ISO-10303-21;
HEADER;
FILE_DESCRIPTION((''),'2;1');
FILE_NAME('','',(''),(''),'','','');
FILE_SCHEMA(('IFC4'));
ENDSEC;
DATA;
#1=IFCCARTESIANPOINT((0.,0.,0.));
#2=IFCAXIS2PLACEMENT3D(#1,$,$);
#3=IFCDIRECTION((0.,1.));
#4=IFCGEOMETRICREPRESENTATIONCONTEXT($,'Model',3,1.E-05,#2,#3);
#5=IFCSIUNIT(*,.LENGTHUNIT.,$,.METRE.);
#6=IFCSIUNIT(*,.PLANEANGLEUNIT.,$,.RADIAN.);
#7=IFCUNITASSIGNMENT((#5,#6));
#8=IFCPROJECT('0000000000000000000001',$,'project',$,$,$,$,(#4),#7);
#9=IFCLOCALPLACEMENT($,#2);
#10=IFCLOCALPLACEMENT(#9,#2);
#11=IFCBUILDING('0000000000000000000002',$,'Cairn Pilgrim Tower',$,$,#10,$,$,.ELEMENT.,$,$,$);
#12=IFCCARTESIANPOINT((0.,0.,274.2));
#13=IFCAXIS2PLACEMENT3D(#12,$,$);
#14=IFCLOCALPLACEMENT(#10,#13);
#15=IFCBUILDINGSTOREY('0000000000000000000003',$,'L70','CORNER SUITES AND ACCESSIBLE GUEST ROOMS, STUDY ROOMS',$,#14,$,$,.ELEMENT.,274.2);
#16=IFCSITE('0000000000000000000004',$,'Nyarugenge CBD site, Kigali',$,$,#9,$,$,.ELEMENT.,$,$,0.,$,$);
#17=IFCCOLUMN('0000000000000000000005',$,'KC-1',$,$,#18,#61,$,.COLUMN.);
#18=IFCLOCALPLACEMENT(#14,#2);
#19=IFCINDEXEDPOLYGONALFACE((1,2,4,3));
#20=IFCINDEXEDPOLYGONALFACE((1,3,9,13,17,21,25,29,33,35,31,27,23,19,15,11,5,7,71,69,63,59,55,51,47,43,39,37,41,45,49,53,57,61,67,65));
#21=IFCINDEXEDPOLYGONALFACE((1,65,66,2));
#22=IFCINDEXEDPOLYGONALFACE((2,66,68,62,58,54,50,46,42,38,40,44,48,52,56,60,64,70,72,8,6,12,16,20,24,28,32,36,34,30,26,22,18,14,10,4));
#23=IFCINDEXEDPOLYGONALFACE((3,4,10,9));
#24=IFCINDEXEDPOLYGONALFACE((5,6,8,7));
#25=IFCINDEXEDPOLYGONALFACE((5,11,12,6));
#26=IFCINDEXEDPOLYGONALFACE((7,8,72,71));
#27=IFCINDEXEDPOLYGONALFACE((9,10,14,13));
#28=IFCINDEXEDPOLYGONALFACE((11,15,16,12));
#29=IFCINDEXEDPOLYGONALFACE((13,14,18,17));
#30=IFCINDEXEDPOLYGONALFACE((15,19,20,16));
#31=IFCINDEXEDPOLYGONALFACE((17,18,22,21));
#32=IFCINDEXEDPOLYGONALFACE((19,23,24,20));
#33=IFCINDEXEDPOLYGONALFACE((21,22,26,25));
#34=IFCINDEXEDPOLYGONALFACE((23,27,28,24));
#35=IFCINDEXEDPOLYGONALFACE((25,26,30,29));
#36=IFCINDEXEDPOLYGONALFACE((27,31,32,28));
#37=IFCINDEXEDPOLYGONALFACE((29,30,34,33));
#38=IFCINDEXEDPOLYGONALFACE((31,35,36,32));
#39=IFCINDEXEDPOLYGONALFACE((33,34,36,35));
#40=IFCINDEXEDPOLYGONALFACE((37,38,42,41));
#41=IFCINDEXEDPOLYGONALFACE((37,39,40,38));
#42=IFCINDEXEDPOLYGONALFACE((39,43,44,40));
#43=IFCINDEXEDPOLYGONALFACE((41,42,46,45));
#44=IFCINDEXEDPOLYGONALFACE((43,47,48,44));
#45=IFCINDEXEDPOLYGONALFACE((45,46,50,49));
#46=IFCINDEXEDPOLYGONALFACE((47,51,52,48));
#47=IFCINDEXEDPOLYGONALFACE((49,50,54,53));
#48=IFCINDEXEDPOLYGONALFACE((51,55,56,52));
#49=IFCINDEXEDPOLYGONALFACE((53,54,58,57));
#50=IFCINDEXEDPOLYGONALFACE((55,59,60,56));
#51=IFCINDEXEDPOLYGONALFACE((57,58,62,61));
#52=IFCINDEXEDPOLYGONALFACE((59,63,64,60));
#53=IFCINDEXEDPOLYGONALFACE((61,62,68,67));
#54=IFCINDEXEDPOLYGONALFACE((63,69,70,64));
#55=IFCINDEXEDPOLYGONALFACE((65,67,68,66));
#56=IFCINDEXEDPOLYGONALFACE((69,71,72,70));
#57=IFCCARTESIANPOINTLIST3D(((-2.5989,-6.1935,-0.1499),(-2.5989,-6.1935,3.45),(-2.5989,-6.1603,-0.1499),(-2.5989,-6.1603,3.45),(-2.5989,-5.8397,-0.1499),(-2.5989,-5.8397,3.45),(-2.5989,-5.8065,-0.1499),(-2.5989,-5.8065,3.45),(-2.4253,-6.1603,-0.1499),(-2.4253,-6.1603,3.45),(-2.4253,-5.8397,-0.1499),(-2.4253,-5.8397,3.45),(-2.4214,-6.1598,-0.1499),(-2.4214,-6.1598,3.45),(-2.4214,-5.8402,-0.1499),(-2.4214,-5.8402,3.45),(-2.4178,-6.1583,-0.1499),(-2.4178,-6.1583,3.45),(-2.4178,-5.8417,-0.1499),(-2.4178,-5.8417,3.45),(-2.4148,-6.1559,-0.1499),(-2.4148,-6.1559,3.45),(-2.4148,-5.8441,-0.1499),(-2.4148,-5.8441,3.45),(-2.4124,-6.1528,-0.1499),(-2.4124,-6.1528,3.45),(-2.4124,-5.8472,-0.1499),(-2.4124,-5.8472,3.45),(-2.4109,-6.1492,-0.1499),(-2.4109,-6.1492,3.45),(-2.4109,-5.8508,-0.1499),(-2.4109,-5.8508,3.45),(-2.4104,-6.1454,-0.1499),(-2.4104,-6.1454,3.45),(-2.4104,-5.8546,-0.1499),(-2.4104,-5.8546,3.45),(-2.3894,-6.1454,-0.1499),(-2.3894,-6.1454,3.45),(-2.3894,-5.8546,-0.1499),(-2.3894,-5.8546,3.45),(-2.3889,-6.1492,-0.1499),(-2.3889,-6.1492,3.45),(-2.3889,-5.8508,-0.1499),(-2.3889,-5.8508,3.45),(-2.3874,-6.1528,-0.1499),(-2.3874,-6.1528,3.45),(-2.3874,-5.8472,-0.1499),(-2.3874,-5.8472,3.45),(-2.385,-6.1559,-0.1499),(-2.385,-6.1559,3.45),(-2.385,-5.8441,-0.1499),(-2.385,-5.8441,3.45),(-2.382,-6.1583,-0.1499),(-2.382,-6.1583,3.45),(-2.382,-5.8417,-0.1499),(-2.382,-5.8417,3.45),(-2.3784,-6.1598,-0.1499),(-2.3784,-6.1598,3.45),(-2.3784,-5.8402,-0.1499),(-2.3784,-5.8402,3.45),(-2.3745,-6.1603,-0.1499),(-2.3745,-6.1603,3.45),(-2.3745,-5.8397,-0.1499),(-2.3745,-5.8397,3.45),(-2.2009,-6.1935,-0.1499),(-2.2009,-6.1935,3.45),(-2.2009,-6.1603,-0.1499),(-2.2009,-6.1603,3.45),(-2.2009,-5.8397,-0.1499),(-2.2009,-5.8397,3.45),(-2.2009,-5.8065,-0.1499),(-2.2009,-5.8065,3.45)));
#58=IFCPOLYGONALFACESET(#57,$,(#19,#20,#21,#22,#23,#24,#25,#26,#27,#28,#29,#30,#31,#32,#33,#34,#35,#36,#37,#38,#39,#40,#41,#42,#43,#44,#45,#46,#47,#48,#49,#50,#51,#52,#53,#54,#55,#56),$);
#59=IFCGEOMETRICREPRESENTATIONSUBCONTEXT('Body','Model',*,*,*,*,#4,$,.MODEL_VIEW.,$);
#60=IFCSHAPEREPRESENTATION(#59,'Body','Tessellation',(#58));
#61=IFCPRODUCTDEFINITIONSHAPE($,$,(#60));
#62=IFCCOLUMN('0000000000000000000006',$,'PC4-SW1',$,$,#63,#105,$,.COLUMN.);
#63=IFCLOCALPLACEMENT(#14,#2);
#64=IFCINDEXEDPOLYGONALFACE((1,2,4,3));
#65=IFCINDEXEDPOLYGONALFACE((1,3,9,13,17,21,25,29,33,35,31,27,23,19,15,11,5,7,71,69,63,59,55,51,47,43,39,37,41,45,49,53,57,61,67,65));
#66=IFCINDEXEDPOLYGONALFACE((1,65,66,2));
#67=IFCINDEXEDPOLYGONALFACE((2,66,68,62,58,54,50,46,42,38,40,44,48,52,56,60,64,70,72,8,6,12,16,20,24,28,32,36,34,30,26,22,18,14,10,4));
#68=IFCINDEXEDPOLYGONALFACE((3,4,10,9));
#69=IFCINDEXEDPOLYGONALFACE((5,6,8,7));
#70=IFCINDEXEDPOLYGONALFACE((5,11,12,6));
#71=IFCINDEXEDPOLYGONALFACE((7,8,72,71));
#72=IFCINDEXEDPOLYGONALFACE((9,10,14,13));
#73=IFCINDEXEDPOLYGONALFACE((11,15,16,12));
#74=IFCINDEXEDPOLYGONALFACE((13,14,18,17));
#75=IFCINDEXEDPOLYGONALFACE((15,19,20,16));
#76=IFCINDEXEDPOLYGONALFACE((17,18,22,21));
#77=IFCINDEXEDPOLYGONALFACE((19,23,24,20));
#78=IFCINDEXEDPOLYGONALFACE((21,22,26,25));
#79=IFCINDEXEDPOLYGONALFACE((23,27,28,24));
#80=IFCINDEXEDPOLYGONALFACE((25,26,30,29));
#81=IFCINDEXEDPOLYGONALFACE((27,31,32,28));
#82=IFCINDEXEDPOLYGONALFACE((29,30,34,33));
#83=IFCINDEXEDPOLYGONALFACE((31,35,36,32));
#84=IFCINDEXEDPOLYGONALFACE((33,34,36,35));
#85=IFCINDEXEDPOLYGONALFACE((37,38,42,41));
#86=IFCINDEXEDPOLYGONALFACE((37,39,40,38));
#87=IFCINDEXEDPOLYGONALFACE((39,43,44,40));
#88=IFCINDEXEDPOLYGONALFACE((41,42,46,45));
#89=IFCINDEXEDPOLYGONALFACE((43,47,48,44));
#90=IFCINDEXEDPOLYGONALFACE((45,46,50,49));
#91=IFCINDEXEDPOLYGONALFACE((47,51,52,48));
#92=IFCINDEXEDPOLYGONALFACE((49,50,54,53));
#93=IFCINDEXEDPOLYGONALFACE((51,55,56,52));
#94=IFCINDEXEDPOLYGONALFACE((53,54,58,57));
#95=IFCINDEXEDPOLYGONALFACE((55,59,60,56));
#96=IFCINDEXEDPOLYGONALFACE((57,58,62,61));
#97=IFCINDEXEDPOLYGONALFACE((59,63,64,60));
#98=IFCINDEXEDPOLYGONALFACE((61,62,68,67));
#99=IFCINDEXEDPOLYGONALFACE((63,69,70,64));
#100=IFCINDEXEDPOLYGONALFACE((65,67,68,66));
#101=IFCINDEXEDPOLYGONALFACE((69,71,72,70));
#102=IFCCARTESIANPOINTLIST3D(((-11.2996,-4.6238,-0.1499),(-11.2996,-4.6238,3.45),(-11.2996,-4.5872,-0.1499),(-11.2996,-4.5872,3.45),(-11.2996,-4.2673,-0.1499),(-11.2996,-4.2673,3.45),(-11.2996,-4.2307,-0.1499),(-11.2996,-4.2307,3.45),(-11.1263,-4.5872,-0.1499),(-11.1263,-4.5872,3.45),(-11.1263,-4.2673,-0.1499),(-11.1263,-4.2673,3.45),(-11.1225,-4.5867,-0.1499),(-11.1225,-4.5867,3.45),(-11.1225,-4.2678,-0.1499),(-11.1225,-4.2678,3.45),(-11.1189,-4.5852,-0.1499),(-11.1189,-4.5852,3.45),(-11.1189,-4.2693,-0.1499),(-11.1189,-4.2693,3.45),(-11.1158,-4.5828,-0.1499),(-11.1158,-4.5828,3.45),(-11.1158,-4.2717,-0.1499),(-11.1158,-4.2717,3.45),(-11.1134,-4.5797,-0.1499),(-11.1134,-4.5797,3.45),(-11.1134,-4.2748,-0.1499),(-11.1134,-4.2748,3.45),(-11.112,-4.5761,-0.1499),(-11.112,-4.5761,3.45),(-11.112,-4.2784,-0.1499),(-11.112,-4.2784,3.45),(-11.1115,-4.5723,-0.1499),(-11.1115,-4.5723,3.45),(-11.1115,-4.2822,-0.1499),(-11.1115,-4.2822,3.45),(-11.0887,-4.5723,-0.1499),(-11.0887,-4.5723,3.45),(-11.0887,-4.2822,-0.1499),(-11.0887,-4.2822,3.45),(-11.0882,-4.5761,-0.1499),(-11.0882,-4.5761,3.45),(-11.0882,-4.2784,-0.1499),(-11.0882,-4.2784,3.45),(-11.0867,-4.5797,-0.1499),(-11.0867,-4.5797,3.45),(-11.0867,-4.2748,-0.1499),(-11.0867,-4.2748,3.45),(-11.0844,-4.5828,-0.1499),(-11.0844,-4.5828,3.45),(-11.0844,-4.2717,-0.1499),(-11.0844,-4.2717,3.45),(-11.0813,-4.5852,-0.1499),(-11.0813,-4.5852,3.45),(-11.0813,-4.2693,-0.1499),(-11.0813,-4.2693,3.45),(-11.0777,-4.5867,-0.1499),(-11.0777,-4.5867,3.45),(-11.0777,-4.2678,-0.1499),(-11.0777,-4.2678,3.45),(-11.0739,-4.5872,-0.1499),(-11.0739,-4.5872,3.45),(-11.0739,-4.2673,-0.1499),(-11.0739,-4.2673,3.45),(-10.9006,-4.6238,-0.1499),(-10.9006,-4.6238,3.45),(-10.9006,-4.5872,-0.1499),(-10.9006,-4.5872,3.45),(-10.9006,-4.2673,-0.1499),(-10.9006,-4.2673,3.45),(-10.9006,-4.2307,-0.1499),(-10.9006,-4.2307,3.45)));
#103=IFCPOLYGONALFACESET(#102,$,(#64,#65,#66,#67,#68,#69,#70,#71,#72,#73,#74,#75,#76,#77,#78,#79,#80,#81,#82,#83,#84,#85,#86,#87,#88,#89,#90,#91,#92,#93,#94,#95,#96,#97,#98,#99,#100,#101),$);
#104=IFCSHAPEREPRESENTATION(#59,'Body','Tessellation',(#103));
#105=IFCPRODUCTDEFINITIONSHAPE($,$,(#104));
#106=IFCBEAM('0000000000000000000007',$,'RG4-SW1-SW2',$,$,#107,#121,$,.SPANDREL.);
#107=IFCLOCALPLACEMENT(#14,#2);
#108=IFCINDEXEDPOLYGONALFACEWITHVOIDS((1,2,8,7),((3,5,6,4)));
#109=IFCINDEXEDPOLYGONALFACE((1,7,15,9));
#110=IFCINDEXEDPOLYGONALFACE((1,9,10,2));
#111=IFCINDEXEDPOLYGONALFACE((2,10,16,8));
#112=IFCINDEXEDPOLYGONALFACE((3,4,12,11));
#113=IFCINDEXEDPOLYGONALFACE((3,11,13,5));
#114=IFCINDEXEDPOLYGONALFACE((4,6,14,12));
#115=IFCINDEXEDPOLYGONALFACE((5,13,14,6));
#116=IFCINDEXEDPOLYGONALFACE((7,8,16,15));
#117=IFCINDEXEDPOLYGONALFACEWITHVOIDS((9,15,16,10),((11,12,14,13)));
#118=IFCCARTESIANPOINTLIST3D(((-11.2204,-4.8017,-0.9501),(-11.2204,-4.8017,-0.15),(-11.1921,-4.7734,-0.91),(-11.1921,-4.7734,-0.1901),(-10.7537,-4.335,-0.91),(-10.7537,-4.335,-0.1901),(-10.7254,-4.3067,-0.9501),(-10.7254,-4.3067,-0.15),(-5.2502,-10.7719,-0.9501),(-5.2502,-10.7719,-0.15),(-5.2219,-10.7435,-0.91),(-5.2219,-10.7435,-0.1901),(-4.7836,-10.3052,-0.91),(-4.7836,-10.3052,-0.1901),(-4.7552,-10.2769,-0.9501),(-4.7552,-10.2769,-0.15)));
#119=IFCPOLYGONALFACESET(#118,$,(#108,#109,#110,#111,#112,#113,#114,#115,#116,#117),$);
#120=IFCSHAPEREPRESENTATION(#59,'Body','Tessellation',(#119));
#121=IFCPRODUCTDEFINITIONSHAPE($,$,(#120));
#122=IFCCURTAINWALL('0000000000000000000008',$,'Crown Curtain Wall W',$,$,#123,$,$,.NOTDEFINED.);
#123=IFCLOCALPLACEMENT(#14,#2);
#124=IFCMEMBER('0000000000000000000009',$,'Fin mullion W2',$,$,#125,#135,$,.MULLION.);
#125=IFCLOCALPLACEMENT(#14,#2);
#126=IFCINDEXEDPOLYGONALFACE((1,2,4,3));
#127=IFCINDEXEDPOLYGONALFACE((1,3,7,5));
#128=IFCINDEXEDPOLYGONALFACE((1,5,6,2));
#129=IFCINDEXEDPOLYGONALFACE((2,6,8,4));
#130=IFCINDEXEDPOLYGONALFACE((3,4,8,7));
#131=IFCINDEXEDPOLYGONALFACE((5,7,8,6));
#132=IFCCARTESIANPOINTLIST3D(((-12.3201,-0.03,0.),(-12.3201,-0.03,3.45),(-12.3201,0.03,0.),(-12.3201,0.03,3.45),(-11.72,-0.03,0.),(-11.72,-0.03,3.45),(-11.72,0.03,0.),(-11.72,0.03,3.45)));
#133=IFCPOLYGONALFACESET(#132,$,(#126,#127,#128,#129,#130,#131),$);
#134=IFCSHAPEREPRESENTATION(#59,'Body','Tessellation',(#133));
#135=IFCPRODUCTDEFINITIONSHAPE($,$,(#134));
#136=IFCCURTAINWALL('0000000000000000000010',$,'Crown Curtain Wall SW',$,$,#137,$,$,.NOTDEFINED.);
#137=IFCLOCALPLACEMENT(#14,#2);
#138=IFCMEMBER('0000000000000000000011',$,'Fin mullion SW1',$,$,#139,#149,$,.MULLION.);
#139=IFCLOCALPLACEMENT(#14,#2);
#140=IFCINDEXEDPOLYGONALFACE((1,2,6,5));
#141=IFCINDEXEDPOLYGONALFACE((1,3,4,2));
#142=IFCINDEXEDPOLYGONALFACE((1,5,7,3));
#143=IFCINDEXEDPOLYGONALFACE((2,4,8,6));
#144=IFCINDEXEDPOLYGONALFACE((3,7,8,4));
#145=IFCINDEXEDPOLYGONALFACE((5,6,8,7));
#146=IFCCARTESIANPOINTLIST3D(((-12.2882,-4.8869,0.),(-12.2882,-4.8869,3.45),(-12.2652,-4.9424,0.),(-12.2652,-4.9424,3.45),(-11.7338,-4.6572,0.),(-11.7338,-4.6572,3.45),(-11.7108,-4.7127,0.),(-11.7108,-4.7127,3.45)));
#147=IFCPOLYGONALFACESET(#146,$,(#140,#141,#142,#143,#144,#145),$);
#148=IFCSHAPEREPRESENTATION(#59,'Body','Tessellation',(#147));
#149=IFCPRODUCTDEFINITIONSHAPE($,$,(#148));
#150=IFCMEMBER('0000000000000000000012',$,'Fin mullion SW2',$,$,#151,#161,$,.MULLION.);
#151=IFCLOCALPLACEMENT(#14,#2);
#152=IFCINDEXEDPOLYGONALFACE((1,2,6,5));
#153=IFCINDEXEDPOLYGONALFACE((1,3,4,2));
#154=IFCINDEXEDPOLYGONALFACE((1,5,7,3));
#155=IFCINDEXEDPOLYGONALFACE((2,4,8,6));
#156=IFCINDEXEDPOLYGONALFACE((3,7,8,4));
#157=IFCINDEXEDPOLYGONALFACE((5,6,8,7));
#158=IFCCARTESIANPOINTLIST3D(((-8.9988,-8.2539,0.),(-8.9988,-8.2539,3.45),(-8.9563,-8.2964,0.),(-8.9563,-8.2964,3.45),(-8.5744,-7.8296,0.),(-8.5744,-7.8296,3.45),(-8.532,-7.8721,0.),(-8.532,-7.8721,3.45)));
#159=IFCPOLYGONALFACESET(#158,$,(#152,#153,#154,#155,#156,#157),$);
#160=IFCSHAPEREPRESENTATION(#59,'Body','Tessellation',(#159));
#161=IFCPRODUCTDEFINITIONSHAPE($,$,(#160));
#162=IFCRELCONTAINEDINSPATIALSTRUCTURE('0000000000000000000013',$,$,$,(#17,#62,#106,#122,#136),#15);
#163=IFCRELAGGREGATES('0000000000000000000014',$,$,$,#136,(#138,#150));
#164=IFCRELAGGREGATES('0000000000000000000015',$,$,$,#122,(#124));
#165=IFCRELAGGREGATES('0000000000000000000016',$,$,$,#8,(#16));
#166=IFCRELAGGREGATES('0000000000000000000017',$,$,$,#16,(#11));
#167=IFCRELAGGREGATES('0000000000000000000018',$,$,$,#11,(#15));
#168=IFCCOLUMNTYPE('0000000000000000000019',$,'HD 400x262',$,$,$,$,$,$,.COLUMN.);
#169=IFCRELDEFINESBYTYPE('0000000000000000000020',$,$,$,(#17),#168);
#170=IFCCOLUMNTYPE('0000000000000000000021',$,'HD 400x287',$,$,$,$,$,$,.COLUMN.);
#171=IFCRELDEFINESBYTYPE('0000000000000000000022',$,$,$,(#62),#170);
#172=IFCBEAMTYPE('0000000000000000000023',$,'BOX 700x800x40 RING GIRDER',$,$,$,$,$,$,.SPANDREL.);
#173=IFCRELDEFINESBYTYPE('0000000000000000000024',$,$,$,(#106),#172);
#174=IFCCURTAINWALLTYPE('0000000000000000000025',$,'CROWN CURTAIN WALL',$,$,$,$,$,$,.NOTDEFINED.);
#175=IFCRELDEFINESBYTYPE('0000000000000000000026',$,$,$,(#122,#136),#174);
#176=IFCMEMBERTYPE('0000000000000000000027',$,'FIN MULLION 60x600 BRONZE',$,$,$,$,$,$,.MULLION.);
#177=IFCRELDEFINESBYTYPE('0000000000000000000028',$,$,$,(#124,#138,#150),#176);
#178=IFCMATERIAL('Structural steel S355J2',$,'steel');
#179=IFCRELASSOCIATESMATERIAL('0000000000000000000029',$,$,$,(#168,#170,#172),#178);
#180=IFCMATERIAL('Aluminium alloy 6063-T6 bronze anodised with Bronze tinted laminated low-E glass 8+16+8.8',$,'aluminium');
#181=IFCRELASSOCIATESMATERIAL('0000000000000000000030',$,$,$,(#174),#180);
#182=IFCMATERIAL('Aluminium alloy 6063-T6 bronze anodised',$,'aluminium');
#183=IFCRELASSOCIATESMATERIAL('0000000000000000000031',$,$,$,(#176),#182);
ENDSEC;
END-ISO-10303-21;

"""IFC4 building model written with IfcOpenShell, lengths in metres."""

from ifc_helpers import new_model, si_unit, direction, frame, origin, origin_2d, place, context, subcontext, project, spatial, rectangle, hollow_rectangle, i_section, extrude, material, material_profile, profile_set, type_object, element, aggregate, save


model = new_model("IFC4")

# Units and contexts
model_context = context("Model", 3, precision=1e-05, world=origin(), true_north=direction((0.0, 1.0)))
body_context = subcontext(model_context, "Body", "Model", "MODEL_VIEW")
ifc_project = project(units=[si_unit("LENGTHUNIT", "METRE"), si_unit("PLANEANGLEUNIT", "RADIAN")], contexts=[model_context])

# Site, building, storey
site_placement = place(None, origin())
site = spatial("IfcSite", under=ifc_project, at=site_placement, Name="Nyarugenge CBD site, Kigali", CompositionType="ELEMENT", RefElevation=0.0)
building_placement = place(site_placement, origin())
building = spatial("IfcBuilding", under=site, at=building_placement, Name="Cairn Pilgrim Tower", CompositionType="ELEMENT")
storey_placement = place(building_placement, frame((0.0, 0.0, 274.2)))
storey = spatial("IfcBuildingStorey", under=building, at=storey_placement, Name="L70", Description="CORNER SUITES AND ACCESSIBLE GUEST ROOMS, STUDY ROOMS", CompositionType="ELEMENT", Elevation=274.2)

# Columns
ifc_material_1 = material(Name="Structural steel S355J2", Category="steel")
ifc_material_profile_1 = material_profile(ifc_material_1, i_section(OverallWidth=0.3979, OverallDepth=0.387, WebThickness=0.021, FlangeThickness=0.0332, FilletRadius=0.0149, at=origin_2d()), Name="HD 400x262")
ifc_profile_set_1 = profile_set([ifc_material_profile_1], Name="Structural steel S355J2")
column_type_1 = type_object("IfcColumnType", Name="HD 400x262", PredefinedType="COLUMN", material=ifc_profile_set_1)
column_1_placement = place(storey_placement, frame((-2.3999, -6.0, -0.1499), z_axis=(0.0, 0.0, 1.0), x_axis=(1.0, 0.0, 0.0)))
element("IfcColumn", 1, at=column_1_placement, inside=storey, type_object=column_type_1, Name="KC-1", PredefinedType="COLUMN", context=body_context, shape_type="SweptSolid", body=[
    extrude(i_section(OverallWidth=0.3979, OverallDepth=0.387, WebThickness=0.021, FlangeThickness=0.0332, FilletRadius=0.0149, at=origin_2d()), origin(), (0.0, 0.0, 1.0), 3.5999),
])
ifc_material_profile_2 = material_profile(ifc_material_1, i_section(OverallWidth=0.3989, OverallDepth=0.3931, WebThickness=0.0227, FlangeThickness=0.0366, FilletRadius=0.0149, at=origin_2d()), Name="HD 400x287")
ifc_profile_set_2 = profile_set([ifc_material_profile_2], Name="Structural steel S355J2")
column_type_2 = type_object("IfcColumnType", Name="HD 400x287", PredefinedType="COLUMN", material=ifc_profile_set_2)
column_2_placement = place(storey_placement, frame((-11.1001, -4.4272, -0.1499), z_axis=(0.0, 0.0, 1.0), x_axis=(1.0, 0.0, 0.0)))
element("IfcColumn", 2, at=column_2_placement, inside=storey, type_object=column_type_2, Name="PC4-SW1", PredefinedType="COLUMN", context=body_context, shape_type="SweptSolid", body=[
    extrude(i_section(OverallWidth=0.3989, OverallDepth=0.3931, WebThickness=0.0227, FlangeThickness=0.0366, FilletRadius=0.0149, at=origin_2d()), origin(), (0.0, 0.0, 1.0), 3.5999),
])

# Beam
ifc_material_profile_3 = material_profile(ifc_material_1, hollow_rectangle(XDim=0.7, YDim=0.8, WallThickness=0.04, at=origin_2d()), Name="BOX 700x800x40")
ifc_profile_set_3 = profile_set([ifc_material_profile_3], Name="Structural steel S355J2")
beam_type_1 = type_object("IfcBeamType", Name="BOX 700x800x40 RING GIRDER", PredefinedType="SPANDREL", material=ifc_profile_set_3)
beam_1_placement = place(storey_placement, frame((-10.9729, -4.5542, -0.55), z_axis=(0.707107, -0.707107, 0.0), x_axis=(0.707107, 0.707107, 0.0)))
element("IfcBeam", 3, at=beam_1_placement, inside=storey, type_object=beam_type_1, Name="RG4-SW1-SW2", PredefinedType="SPANDREL", context=body_context, shape_type="SweptSolid", body=[
    extrude(hollow_rectangle(XDim=0.7, YDim=0.8, WallThickness=0.04, at=origin_2d()), origin(), (0.0, 0.0, 1.0), 8.4431),
])

# Curtain wall, member
ifc_material_2 = material(Name="Aluminium alloy 6063-T6 bronze anodised with Bronze tinted laminated low-E glass 8+16+8.8", Category="aluminium")
curtain_wall_type = type_object("IfcCurtainWallType", Name="CROWN CURTAIN WALL", PredefinedType="NOTDEFINED", material=ifc_material_2)
curtain_wall_1_placement = place(storey_placement, origin())
curtain_wall_1 = element("IfcCurtainWall", 4, at=curtain_wall_1_placement, inside=storey, type_object=curtain_wall_type, Name="Crown Curtain Wall W", PredefinedType="NOTDEFINED")
ifc_material_3 = material(Name="Aluminium alloy 6063-T6 bronze anodised", Category="aluminium")
ifc_material_profile_4 = material_profile(ifc_material_3, rectangle(XDim=0.6001, YDim=0.0601, at=origin_2d()), Name="FIN MULLION 60x600 BRONZE")
ifc_profile_set_4 = profile_set([ifc_material_profile_4], Name="Aluminium alloy 6063-T6 bronze anodised")
member_type_1 = type_object("IfcMemberType", Name="FIN MULLION 60x600 BRONZE", PredefinedType="MULLION", material=ifc_profile_set_4)
member_1_placement = place(storey_placement, frame((-12.02, 0.0, 0.0), z_axis=(0.0, 0.0, 1.0), x_axis=(-1.0, 0.0, 0.0)))
member_1 = element("IfcMember", 5, at=member_1_placement, type_object=member_type_1, Name="Fin mullion W2", PredefinedType="MULLION", context=body_context, shape_type="SweptSolid", body=[
    extrude(rectangle(XDim=0.6001, YDim=0.0601, at=origin_2d()), origin(), (0.0, 0.0, 1.0), 3.45),
])

# Curtain wall, members
curtain_wall_2_placement = place(storey_placement, origin())
curtain_wall_2 = element("IfcCurtainWall", 6, at=curtain_wall_2_placement, inside=storey, type_object=curtain_wall_type, Name="Crown Curtain Wall SW", PredefinedType="NOTDEFINED")
member_2_placement = place(storey_placement, frame((-11.9995, -4.7998, 0.0), z_axis=(0.0, 0.0, 1.0), x_axis=(-0.92388, -0.382683, 0.0)))
member_2 = element("IfcMember", 7, at=member_2_placement, type_object=member_type_1, Name="Fin mullion SW1", PredefinedType="MULLION", context=body_context, shape_type="SweptSolid", body=[
    extrude(rectangle(XDim=0.6001, YDim=0.0601, at=origin_2d()), origin(), (0.0, 0.0, 1.0), 3.45),
])
member_3_placement = place(storey_placement, frame((-8.7654, -8.063, 0.0), z_axis=(0.0, 0.0, 1.0), x_axis=(-0.707107, -0.707107, 0.0)))
member_3 = element("IfcMember", 8, at=member_3_placement, type_object=member_type_1, Name="Fin mullion SW2", PredefinedType="MULLION", context=body_context, shape_type="SweptSolid", body=[
    extrude(rectangle(XDim=0.6001, YDim=0.0601, at=origin_2d()), origin(), (0.0, 0.0, 1.0), 3.45),
])

aggregate(curtain_wall_2, [member_2, member_3])
aggregate(curtain_wall_1, [member_1])

save(model, "model.ifc")
